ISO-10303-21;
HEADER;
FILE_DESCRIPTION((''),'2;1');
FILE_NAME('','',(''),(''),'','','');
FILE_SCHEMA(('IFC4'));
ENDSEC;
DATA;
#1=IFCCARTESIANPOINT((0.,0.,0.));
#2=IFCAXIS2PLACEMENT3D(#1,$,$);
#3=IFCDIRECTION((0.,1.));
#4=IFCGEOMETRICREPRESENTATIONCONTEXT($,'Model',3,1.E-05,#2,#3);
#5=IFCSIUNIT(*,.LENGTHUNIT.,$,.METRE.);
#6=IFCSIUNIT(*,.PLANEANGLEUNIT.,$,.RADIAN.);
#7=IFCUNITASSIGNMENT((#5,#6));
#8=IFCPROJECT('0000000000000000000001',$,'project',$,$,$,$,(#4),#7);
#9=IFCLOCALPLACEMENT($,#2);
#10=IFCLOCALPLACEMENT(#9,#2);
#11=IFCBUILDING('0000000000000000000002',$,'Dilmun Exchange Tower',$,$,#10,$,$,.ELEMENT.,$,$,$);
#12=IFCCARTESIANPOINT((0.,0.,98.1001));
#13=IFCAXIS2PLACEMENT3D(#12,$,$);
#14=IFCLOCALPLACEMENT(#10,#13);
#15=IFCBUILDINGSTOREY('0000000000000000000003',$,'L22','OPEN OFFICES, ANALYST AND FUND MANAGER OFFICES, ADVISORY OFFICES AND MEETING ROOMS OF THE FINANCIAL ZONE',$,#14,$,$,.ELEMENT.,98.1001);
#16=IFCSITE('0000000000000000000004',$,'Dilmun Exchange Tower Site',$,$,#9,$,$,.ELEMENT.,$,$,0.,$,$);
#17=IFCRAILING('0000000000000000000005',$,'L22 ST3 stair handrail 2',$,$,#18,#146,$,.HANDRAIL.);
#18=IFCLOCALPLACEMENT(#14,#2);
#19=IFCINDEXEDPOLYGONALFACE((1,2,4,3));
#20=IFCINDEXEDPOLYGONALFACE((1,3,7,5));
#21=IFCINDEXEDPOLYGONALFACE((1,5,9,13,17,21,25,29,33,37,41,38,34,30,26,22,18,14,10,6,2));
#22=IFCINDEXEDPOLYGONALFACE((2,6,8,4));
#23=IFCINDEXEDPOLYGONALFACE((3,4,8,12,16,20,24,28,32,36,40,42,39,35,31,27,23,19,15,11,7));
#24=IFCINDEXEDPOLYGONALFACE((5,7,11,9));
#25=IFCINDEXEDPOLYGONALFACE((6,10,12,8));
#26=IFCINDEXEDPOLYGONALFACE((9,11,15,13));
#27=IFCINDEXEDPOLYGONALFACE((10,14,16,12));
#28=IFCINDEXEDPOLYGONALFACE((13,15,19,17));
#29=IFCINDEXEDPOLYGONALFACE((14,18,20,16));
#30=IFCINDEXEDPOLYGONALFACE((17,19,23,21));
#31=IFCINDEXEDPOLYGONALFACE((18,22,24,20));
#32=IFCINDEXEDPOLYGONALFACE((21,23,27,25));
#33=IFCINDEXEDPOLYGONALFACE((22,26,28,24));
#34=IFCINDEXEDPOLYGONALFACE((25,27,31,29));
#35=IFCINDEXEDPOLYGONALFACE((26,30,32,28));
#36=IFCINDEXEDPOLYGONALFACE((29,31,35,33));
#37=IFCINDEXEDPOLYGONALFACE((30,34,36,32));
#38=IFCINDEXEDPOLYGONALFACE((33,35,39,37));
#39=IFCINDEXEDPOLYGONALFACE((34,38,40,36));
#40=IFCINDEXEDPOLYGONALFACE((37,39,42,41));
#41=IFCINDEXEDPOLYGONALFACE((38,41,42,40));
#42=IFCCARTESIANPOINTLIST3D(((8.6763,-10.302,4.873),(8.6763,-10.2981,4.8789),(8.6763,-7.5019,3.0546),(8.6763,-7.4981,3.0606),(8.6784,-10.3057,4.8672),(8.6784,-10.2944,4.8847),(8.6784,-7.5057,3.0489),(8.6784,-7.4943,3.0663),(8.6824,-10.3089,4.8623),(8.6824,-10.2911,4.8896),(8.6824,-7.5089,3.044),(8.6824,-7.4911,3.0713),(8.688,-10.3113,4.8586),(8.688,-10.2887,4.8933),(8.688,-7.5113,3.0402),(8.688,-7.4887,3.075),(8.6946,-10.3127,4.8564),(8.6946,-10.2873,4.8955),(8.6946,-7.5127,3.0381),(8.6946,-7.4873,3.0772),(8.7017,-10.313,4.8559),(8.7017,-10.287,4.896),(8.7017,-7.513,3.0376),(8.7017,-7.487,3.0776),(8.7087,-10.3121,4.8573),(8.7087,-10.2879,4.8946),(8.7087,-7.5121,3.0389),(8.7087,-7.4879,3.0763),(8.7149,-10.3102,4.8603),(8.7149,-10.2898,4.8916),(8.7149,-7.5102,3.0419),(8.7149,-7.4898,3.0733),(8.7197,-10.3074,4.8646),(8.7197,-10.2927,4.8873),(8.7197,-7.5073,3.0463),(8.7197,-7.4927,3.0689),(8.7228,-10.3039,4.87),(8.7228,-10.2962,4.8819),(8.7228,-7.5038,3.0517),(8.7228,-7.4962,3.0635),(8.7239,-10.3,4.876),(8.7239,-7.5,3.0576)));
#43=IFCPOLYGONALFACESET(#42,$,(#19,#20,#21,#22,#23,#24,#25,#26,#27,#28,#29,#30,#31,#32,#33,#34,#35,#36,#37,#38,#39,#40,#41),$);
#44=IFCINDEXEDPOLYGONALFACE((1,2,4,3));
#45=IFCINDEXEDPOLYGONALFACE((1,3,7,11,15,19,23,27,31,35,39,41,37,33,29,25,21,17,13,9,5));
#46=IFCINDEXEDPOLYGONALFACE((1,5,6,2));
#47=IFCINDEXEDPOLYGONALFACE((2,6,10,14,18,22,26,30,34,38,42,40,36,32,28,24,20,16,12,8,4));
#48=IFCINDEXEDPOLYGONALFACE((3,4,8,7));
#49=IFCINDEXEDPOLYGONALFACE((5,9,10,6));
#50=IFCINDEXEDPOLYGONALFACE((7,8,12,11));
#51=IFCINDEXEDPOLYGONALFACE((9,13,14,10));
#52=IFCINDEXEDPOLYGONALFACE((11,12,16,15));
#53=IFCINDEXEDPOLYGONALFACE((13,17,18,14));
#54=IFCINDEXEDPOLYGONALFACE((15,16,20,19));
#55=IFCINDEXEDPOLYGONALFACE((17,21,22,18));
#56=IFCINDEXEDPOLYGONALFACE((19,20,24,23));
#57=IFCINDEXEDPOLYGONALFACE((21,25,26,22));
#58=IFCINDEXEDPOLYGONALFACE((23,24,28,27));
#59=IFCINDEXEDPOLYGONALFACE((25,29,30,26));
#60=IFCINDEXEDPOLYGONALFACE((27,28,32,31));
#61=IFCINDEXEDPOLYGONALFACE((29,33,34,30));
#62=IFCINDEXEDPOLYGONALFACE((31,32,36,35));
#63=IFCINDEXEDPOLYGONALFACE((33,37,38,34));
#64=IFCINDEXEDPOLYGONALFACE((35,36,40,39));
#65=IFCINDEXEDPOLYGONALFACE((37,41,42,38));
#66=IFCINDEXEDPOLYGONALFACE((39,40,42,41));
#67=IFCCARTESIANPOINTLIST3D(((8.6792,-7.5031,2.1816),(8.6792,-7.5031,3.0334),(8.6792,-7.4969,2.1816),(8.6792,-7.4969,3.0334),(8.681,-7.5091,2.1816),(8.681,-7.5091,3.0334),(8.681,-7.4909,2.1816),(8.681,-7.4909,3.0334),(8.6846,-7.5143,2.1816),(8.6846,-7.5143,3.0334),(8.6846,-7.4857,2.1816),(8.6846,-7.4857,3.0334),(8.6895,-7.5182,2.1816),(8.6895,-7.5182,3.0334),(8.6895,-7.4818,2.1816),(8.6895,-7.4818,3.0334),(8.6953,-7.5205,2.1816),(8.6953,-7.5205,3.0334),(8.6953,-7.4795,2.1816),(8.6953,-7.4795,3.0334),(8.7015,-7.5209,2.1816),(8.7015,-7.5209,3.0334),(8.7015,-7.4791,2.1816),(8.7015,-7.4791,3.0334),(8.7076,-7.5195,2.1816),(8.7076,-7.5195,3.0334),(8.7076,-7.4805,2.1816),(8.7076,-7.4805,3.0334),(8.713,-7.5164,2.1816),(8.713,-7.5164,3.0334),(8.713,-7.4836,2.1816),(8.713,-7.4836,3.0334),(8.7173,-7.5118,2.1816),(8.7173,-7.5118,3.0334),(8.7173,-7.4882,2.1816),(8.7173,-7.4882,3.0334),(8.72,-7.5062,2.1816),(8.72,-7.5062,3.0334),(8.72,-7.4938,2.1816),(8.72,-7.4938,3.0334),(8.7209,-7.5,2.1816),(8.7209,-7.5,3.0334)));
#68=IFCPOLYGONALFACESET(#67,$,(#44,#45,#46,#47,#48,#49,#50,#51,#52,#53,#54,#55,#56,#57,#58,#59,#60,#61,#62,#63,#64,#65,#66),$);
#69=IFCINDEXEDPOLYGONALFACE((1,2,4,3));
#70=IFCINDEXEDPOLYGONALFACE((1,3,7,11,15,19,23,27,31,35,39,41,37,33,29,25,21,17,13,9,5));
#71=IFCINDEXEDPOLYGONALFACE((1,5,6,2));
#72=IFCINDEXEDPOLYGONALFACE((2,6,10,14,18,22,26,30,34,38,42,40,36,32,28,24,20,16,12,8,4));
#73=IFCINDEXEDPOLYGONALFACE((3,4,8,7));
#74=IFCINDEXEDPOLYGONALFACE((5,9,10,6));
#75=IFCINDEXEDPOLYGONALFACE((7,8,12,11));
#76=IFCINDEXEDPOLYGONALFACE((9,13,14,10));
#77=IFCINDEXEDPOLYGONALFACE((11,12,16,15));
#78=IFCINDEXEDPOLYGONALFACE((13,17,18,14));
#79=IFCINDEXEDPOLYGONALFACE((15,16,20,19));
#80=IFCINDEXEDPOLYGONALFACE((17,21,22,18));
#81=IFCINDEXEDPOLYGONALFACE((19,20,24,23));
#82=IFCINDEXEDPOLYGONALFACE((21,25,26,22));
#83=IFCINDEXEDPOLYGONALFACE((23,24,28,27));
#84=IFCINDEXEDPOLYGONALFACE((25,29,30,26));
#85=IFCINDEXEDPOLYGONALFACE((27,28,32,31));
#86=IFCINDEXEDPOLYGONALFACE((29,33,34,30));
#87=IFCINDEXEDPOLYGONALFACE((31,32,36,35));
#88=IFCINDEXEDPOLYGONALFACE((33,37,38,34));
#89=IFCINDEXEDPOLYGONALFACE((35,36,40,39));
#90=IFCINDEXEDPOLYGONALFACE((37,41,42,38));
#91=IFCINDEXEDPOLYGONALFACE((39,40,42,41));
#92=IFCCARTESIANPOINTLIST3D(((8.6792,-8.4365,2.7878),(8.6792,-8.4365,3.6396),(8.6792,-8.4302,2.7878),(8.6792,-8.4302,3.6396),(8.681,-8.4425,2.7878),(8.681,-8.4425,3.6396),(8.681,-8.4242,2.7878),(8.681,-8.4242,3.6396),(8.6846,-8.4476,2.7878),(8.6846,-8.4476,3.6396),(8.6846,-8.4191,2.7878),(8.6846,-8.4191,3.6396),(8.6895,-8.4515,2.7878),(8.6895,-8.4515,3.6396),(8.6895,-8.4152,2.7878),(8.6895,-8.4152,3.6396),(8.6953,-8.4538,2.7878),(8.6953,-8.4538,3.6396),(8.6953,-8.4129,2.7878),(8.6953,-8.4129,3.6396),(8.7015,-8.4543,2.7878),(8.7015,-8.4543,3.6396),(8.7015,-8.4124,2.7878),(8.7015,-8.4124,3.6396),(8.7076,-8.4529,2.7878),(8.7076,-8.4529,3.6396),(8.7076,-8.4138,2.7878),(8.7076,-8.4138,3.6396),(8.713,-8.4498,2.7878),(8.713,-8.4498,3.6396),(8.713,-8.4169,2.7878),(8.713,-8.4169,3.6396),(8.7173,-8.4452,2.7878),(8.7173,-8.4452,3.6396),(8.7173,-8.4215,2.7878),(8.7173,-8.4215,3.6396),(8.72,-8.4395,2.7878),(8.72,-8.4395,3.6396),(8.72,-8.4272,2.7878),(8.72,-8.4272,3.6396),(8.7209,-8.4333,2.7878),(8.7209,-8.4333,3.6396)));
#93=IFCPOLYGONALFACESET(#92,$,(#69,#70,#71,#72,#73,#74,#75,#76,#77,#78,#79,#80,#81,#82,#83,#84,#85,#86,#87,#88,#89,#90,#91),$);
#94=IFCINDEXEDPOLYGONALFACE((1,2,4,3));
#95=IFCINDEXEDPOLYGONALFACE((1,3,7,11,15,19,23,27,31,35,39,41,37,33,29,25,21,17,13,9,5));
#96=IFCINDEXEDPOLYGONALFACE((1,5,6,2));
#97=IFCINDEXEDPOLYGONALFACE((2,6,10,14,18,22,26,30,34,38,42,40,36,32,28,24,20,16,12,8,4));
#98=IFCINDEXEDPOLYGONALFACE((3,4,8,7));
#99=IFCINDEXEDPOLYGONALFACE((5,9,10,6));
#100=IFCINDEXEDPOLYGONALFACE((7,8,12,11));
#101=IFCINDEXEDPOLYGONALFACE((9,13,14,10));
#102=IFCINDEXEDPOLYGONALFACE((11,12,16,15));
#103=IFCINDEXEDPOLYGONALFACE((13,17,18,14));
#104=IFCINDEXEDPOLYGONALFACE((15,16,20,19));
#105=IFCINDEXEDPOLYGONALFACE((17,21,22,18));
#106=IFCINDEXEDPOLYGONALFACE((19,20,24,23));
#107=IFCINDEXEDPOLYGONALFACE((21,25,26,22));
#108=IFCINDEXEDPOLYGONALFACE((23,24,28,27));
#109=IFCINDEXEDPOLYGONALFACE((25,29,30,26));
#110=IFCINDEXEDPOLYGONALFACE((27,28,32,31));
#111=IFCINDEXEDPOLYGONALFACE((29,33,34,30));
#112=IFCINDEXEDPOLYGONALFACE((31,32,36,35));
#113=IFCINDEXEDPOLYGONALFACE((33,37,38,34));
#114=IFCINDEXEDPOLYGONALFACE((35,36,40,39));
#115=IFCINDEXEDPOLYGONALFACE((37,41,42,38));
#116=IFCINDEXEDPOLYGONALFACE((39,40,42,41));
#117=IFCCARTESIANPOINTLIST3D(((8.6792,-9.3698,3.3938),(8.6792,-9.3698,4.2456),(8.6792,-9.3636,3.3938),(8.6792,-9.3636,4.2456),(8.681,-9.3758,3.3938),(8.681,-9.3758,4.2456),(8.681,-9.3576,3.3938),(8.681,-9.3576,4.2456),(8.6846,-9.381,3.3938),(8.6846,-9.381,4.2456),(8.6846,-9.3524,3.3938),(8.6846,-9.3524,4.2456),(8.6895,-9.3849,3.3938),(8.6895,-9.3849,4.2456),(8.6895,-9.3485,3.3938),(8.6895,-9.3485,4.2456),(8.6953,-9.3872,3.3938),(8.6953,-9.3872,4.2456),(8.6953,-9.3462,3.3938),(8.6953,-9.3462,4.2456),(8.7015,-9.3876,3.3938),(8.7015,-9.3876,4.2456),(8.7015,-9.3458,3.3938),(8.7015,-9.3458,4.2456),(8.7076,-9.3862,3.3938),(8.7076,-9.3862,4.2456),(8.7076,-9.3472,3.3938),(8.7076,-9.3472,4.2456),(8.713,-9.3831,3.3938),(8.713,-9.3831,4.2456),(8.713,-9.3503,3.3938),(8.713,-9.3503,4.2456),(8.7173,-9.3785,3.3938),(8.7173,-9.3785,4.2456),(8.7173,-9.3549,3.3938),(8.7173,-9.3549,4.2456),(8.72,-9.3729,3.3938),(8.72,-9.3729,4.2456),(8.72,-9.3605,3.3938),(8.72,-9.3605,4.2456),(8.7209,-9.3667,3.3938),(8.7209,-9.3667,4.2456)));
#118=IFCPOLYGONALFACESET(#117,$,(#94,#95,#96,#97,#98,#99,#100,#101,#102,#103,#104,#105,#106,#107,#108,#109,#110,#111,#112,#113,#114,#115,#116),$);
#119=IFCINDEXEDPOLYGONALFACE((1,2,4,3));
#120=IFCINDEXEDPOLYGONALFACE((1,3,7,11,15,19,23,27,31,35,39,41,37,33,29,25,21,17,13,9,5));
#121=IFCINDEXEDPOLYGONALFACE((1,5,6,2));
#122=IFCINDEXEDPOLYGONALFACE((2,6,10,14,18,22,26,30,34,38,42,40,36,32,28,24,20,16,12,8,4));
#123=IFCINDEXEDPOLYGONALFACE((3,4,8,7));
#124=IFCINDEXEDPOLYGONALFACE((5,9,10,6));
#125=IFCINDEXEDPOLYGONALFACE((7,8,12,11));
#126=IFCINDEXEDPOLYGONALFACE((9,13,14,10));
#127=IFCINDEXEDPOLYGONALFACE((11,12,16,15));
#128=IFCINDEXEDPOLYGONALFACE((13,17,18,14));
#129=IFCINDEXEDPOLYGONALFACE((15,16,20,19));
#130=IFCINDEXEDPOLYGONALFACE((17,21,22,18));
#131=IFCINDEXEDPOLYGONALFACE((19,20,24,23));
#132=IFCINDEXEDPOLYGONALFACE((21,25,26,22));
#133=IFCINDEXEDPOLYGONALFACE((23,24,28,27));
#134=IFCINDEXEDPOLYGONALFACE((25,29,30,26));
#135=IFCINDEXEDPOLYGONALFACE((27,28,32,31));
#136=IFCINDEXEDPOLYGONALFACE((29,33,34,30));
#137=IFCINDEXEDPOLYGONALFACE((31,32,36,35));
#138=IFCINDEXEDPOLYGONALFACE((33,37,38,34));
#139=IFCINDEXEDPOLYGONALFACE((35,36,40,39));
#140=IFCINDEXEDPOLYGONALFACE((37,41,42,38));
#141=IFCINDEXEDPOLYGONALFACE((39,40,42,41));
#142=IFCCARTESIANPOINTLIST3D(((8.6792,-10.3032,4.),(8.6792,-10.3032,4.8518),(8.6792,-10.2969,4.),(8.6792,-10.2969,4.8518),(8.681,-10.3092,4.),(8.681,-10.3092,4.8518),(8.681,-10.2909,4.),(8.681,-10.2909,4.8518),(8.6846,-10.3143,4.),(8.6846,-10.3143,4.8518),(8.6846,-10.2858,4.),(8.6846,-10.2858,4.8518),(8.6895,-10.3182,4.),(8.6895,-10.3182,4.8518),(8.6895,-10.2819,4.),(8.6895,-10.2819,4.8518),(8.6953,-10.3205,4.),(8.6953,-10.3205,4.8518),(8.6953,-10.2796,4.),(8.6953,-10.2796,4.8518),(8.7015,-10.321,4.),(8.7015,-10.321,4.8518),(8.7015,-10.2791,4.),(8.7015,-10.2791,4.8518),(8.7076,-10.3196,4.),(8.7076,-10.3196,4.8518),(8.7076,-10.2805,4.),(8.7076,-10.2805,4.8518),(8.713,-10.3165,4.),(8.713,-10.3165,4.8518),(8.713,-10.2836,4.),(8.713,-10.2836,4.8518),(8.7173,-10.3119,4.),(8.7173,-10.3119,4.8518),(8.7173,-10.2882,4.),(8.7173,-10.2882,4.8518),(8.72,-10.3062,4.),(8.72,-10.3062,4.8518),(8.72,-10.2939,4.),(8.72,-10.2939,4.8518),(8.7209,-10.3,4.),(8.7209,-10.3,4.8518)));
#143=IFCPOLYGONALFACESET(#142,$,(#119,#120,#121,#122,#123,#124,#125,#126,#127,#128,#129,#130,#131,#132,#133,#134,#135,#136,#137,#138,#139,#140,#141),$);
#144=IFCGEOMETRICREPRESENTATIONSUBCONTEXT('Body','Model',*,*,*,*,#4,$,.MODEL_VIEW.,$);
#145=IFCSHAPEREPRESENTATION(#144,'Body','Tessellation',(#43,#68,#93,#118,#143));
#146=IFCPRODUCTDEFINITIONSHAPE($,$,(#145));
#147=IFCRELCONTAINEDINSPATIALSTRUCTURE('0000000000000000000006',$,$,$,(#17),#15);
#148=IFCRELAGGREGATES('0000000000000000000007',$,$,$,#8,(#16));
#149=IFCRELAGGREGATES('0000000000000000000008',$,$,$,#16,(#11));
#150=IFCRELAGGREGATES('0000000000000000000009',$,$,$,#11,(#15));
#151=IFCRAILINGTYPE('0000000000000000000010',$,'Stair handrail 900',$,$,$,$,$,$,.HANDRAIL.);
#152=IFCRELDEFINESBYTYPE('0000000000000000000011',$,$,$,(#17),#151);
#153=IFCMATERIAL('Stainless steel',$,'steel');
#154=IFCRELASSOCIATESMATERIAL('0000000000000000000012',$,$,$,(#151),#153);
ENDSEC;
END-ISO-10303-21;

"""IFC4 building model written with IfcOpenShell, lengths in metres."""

from ifc_helpers import new_model, si_unit, direction, frame, origin, origin_2d, place, context, subcontext, project, spatial, circle, extrude, material, type_object, element, save


model = new_model("IFC4")

# Units and contexts
model_context = context("Model", 3, precision=1e-05, world=origin(), true_north=direction((0.0, 1.0)))
body_context = subcontext(model_context, "Body", "Model", "MODEL_VIEW")
ifc_project = project(units=[si_unit("LENGTHUNIT", "METRE"), si_unit("PLANEANGLEUNIT", "RADIAN")], contexts=[model_context])

# Site, building, storey
site_placement = place(None, origin())
site = spatial("IfcSite", under=ifc_project, at=site_placement, Name="Dilmun Exchange Tower Site", CompositionType="ELEMENT", RefElevation=0.0)
building_placement = place(site_placement, origin())
building = spatial("IfcBuilding", under=site, at=building_placement, Name="Dilmun Exchange Tower", CompositionType="ELEMENT")
storey_placement = place(building_placement, frame((0.0, 0.0, 98.1001)))
storey = spatial("IfcBuildingStorey", under=building, at=storey_placement, Name="L22", Description="OPEN OFFICES, ANALYST AND FUND MANAGER OFFICES, ADVISORY OFFICES AND MEETING ROOMS OF THE FINANCIAL ZONE", CompositionType="ELEMENT", Elevation=98.1001)

# Railing
ifc_material_1 = material(Name="Stainless steel", Category="steel")
railing_type = type_object("IfcRailingType", Name="Stair handrail 900", PredefinedType="HANDRAIL", material=ifc_material_1)
railing_placement = place(storey_placement, frame((8.7, -7.5, 2.1816)))
element("IfcRailing", 1, at=railing_placement, inside=storey, type_object=railing_type, Name="L22 ST3 stair handrail 2", PredefinedType="HANDRAIL", context=body_context, shape_type="SweptSolid", body=[
    extrude(circle(Radius=0.0239, at=origin_2d()), frame((0.0, 0.0, 0.876), z_axis=(0.0, -0.838672, 0.544636), x_axis=(1.0, 0.0, 0.0)), (0.0, 0.0, 1.0), 3.3386),
    extrude(circle(Radius=0.021, at=origin_2d()), origin(), (0.0, 0.0, 1.0), 0.8518),
    extrude(circle(Radius=0.021, at=origin_2d()), frame((0.0, -0.9333, 0.6062)), (0.0, 0.0, 1.0), 0.8518),
    extrude(circle(Radius=0.021, at=origin_2d()), frame((0.0, -1.8667, 1.2122)), (0.0, 0.0, 1.0), 0.8518),
    extrude(circle(Radius=0.021, at=origin_2d()), frame((0.0, -2.8, 1.8184)), (0.0, 0.0, 1.0), 0.8518),
])

save(model, "model.ifc")
